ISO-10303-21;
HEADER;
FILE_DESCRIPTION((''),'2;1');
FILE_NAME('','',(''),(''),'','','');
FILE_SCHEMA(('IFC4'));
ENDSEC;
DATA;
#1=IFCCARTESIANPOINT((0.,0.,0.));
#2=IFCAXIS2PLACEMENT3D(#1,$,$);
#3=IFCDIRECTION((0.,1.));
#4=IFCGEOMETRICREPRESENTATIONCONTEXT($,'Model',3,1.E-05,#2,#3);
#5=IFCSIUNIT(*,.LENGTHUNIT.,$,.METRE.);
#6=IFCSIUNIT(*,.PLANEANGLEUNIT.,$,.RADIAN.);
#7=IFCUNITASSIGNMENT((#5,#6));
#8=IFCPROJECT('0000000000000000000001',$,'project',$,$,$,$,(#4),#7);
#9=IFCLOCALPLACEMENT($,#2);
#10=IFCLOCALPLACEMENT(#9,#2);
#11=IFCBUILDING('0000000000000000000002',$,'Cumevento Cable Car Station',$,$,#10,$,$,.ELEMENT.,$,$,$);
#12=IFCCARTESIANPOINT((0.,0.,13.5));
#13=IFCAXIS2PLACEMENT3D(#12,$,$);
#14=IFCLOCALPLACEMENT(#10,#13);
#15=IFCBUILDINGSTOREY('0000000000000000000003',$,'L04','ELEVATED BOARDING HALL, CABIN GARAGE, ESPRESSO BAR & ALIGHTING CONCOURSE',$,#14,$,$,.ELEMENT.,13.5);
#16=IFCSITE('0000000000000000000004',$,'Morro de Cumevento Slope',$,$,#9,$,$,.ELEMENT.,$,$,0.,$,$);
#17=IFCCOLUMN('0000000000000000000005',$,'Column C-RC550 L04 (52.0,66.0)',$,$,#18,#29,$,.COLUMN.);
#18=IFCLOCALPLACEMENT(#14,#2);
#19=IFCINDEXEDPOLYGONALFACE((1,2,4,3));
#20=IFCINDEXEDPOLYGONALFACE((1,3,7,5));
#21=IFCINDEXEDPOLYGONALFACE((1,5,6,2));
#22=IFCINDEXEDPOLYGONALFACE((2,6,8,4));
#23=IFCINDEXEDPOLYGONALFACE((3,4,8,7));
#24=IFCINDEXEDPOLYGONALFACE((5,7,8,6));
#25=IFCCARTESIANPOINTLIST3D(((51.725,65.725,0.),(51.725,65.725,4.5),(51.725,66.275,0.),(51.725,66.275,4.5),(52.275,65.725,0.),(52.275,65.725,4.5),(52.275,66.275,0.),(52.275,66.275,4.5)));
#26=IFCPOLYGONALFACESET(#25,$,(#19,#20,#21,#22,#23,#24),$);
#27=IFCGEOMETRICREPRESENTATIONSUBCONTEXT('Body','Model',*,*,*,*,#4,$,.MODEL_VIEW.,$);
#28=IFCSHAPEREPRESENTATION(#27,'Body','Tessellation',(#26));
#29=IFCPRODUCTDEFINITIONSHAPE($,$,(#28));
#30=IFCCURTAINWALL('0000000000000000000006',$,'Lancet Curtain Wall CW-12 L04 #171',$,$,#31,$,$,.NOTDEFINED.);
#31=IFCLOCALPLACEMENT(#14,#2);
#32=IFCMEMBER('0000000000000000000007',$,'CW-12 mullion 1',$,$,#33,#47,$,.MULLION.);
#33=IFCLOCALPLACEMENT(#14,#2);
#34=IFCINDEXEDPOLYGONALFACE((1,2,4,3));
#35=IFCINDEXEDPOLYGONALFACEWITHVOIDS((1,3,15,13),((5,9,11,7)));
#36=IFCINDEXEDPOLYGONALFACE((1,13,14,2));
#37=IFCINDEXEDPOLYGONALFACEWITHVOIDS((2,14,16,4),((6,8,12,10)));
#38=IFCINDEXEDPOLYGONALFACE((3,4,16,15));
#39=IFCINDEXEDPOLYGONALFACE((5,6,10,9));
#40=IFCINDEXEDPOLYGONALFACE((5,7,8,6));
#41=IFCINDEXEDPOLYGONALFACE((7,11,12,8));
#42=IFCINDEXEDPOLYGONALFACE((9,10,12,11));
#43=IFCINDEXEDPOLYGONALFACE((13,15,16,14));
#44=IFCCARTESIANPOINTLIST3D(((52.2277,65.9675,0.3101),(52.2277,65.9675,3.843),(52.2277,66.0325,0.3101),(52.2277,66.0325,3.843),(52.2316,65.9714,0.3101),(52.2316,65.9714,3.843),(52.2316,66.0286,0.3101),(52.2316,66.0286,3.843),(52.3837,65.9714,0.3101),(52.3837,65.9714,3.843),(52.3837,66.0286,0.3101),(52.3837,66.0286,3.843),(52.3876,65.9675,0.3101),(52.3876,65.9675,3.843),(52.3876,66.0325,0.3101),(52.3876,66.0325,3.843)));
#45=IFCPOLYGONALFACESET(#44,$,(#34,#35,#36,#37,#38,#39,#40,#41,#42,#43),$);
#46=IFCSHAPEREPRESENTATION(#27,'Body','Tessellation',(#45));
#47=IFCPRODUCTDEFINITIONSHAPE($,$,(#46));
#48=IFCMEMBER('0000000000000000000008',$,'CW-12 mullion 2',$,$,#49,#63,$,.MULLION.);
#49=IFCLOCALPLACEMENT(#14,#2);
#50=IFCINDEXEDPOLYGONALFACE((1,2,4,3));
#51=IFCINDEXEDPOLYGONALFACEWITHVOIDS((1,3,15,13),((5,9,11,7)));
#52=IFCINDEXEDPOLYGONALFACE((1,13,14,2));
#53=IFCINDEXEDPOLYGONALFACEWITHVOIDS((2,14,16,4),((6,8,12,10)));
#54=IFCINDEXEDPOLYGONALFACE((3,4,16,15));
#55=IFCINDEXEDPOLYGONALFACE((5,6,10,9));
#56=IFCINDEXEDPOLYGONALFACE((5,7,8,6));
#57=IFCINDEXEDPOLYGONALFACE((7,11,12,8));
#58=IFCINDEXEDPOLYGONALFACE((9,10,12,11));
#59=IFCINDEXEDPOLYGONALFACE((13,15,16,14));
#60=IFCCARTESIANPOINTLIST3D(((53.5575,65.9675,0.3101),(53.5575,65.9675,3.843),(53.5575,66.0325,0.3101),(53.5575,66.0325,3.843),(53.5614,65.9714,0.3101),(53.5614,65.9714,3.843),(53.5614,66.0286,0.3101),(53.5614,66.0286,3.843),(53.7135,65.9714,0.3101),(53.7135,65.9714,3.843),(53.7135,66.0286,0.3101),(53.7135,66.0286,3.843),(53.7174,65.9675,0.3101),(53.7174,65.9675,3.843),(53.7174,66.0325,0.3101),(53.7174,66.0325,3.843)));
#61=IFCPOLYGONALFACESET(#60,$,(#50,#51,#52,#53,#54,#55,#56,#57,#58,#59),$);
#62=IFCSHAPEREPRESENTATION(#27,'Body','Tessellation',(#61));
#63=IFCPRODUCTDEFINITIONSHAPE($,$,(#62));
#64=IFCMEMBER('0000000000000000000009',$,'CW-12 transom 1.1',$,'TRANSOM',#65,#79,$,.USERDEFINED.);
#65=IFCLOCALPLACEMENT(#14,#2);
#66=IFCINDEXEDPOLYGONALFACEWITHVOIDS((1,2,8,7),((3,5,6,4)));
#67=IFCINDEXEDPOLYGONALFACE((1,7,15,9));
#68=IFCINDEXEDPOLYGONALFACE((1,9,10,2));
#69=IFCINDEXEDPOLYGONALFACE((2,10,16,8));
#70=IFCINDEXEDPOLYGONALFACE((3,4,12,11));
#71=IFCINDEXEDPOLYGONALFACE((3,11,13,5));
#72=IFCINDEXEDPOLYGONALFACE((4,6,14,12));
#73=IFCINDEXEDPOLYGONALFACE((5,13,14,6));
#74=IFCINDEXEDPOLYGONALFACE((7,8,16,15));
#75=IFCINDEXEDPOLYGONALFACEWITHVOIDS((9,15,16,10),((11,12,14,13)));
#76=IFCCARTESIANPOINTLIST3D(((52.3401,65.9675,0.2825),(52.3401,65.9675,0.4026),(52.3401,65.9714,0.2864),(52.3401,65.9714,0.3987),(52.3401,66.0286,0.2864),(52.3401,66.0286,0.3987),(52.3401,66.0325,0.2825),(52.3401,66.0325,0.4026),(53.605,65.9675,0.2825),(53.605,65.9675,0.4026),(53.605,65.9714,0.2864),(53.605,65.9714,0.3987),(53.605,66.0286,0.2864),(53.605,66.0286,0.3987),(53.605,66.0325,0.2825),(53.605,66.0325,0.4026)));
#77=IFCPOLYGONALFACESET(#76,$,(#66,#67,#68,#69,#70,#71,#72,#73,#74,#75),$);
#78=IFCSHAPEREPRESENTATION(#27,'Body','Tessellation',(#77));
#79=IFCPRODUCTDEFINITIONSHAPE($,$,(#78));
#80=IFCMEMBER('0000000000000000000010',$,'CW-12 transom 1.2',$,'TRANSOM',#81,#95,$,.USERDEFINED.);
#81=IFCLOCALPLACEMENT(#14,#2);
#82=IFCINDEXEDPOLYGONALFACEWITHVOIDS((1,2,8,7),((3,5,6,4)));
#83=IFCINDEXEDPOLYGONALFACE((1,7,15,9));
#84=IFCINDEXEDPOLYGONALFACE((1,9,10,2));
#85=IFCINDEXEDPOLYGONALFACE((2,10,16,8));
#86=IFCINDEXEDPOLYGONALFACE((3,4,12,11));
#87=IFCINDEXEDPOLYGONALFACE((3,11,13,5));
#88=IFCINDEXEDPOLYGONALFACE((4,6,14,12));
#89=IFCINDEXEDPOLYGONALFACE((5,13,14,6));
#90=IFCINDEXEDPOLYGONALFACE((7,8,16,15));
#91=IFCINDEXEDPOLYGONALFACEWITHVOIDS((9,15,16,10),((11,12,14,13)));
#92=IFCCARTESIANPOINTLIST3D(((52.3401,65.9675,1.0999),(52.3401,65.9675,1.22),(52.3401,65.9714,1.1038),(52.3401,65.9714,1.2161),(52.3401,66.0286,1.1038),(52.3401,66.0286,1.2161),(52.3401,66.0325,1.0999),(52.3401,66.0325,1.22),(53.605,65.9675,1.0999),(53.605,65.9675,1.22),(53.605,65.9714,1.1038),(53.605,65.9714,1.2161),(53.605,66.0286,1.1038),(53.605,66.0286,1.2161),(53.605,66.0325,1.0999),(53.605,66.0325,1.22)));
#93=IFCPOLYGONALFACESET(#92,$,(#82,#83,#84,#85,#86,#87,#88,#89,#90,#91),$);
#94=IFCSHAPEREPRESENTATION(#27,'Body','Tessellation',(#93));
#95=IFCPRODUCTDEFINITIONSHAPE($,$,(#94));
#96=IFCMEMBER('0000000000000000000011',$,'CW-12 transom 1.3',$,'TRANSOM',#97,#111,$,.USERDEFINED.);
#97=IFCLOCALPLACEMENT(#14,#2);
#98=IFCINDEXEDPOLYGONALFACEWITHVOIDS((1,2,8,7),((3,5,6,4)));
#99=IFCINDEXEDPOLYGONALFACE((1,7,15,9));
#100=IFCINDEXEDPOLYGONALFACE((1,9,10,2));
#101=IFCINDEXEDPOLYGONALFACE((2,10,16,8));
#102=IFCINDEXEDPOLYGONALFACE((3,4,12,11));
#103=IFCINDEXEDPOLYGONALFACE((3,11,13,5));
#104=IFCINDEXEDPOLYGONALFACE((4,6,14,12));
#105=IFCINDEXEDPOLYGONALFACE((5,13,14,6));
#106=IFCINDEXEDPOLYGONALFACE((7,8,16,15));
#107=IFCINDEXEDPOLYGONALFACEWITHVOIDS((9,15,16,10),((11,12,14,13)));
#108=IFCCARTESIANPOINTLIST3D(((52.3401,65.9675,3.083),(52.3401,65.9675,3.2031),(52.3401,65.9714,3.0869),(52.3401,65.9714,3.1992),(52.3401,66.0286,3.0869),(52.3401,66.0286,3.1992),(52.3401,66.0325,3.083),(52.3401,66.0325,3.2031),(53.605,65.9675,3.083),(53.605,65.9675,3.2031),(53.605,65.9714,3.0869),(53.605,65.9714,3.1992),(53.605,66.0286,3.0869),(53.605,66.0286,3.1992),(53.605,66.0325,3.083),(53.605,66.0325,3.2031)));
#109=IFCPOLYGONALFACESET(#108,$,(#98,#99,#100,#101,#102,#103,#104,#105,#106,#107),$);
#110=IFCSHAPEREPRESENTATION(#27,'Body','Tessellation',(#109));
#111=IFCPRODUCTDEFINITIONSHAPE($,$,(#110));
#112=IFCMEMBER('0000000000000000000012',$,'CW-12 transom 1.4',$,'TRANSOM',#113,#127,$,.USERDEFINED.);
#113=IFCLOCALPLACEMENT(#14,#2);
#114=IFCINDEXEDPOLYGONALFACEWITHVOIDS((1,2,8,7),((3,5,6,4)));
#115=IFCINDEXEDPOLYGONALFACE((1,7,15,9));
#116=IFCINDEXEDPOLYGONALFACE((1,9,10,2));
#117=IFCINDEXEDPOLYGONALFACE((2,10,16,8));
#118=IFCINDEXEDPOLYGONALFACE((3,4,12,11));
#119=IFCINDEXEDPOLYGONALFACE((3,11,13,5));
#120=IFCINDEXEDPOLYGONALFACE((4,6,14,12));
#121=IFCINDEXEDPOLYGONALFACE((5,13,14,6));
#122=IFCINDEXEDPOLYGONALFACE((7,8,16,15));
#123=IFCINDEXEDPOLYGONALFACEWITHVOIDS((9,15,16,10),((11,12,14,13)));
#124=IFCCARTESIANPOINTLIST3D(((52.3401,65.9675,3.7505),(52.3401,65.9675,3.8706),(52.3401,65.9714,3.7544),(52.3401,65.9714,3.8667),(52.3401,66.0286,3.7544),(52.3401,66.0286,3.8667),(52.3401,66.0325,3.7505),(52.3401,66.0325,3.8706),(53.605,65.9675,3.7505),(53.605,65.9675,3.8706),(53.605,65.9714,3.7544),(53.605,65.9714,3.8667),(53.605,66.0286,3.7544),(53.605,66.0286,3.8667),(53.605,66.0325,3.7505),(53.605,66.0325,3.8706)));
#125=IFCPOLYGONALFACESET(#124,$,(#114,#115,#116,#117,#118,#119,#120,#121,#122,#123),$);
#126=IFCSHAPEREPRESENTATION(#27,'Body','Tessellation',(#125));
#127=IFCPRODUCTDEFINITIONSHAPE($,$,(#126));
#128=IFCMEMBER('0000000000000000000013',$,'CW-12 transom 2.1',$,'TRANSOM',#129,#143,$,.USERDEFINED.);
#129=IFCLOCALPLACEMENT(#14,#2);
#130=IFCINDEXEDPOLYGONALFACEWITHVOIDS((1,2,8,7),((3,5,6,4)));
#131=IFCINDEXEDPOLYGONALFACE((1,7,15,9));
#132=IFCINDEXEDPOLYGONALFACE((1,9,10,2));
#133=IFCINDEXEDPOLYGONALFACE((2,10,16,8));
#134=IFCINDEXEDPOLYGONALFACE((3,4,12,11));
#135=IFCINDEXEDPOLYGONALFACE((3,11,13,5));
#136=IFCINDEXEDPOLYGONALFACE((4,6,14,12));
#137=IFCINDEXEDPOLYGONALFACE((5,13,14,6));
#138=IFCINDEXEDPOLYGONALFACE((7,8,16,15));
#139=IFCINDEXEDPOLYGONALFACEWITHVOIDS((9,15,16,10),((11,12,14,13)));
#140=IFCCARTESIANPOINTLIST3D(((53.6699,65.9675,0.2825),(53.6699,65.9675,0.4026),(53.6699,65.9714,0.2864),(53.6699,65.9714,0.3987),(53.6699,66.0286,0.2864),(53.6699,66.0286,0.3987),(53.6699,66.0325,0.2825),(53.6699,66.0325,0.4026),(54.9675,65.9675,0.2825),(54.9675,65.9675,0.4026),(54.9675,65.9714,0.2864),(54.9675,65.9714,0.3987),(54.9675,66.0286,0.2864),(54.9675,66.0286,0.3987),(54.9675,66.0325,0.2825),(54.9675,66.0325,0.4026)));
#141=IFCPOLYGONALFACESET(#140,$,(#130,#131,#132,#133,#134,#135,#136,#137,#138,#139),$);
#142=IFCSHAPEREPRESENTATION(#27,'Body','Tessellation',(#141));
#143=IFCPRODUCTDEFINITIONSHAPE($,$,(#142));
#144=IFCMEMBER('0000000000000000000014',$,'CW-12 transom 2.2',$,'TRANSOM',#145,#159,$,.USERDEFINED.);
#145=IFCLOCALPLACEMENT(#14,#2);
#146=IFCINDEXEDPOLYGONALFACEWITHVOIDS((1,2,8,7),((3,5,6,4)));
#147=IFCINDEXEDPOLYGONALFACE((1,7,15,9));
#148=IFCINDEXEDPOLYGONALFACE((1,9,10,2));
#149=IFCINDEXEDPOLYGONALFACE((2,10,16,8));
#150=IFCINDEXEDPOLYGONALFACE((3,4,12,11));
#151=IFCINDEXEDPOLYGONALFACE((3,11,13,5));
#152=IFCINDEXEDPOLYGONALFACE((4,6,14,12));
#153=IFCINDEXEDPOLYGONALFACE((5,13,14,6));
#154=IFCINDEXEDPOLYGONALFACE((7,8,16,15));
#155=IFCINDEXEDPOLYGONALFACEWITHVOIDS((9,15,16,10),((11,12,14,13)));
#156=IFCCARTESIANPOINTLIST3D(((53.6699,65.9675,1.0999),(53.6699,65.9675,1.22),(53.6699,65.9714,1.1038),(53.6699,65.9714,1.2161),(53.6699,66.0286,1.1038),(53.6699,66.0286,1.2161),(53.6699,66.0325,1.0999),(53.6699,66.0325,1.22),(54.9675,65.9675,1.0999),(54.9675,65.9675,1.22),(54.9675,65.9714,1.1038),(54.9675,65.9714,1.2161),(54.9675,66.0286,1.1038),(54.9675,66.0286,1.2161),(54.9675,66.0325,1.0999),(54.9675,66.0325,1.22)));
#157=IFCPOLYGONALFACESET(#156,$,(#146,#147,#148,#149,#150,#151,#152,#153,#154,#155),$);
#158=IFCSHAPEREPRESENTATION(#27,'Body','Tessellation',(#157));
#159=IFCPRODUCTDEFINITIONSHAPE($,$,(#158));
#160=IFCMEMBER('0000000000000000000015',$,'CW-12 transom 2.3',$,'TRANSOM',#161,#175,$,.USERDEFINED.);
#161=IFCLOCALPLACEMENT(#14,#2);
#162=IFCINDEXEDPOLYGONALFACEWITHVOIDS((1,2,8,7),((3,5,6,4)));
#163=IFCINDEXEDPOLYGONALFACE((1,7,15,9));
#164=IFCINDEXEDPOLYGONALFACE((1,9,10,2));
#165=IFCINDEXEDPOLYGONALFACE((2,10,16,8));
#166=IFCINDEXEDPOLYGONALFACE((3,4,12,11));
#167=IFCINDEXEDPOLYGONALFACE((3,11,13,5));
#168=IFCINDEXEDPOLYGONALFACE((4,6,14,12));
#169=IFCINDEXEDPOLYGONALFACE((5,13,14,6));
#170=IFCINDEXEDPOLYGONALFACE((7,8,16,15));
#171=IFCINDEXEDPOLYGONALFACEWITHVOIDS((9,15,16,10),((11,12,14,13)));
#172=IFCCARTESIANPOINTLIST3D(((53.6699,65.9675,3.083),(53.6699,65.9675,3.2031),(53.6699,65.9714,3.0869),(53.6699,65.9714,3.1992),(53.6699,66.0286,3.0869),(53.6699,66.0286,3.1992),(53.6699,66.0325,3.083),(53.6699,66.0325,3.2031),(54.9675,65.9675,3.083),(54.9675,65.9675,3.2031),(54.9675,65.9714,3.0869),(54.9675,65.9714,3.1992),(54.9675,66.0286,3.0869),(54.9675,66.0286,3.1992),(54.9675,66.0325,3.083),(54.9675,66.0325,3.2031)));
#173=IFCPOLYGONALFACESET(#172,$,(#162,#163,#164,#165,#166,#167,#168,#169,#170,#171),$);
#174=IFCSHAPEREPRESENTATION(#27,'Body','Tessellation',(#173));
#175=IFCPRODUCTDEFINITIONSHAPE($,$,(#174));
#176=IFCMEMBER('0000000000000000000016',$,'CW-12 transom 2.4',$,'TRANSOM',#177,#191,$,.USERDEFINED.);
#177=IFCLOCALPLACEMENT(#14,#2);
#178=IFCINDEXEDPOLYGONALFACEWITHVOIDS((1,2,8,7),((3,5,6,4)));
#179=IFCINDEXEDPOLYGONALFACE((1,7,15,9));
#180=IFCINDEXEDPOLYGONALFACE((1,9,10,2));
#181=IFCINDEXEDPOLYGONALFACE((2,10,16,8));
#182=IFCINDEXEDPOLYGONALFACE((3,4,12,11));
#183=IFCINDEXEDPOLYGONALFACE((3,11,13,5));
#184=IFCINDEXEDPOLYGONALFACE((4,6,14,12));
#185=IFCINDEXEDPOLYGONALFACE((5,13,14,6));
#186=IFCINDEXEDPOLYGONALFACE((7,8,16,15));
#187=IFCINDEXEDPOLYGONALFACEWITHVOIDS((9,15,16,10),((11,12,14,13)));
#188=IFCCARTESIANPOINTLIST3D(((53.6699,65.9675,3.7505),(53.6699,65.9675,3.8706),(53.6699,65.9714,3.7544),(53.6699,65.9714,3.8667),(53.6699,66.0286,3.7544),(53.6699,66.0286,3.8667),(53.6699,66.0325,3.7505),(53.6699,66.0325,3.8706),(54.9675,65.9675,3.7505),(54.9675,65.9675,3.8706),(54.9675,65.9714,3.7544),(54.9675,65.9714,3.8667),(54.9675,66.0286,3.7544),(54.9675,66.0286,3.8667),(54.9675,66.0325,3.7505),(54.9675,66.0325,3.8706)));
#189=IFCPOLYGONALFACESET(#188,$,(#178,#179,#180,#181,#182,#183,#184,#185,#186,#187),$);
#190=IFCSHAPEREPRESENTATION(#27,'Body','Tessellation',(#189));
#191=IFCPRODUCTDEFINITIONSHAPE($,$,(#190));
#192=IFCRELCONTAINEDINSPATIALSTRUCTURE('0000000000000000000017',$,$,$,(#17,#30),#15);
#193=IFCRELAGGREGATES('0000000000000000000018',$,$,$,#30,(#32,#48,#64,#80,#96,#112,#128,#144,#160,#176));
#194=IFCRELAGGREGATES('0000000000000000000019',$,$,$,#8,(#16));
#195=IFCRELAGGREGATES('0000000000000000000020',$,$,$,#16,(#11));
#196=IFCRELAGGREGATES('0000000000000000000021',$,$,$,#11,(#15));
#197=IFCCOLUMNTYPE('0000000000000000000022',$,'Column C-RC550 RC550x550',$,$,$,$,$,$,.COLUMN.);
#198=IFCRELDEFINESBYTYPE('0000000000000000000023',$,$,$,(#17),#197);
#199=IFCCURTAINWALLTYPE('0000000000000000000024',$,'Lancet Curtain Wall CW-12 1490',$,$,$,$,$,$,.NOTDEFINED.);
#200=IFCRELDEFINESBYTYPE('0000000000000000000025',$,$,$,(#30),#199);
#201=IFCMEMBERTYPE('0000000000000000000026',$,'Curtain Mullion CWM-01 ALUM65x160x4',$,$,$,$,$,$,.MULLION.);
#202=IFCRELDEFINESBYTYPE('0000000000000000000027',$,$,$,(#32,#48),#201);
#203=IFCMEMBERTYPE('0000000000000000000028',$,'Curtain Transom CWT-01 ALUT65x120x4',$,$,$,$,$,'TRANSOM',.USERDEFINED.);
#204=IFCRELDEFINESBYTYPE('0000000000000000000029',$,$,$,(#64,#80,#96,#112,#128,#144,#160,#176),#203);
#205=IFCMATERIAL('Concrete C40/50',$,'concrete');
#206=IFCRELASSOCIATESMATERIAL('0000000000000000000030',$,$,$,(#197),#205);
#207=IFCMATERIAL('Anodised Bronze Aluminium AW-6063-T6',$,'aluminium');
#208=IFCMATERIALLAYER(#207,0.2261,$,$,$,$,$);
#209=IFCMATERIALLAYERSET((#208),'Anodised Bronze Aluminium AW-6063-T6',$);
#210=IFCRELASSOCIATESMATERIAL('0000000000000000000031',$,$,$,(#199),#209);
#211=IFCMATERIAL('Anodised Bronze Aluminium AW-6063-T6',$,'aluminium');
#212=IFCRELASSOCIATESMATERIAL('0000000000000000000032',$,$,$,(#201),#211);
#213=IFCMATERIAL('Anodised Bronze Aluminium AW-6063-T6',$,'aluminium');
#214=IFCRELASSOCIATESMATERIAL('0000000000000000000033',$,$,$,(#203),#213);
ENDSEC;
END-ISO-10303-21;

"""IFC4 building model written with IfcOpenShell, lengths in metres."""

from ifc_helpers import new_model, si_unit, direction, frame, origin, origin_2d, place, context, subcontext, project, spatial, rectangle, hollow_rectangle, extrude, material, layer, layer_set, material_profile, profile_set, type_object, element, aggregate, save


model = new_model("IFC4")

# Units and contexts
model_context = context("Model", 3, precision=1e-05, world=origin(), true_north=direction((0.0, 1.0)))
body_context = subcontext(model_context, "Body", "Model", "MODEL_VIEW")
ifc_project = project(units=[si_unit("LENGTHUNIT", "METRE"), si_unit("PLANEANGLEUNIT", "RADIAN")], contexts=[model_context])

# Site, building, storey
site_placement = place(None, origin())
site = spatial("IfcSite", under=ifc_project, at=site_placement, Name="Morro de Cumevento Slope", CompositionType="ELEMENT", RefElevation=0.0)
building_placement = place(site_placement, origin())
building = spatial("IfcBuilding", under=site, at=building_placement, Name="Cumevento Cable Car Station", CompositionType="ELEMENT")
storey_placement = place(building_placement, frame((0.0, 0.0, 13.5)))
storey = spatial("IfcBuildingStorey", under=building, at=storey_placement, Name="L04", Description="ELEVATED BOARDING HALL, CABIN GARAGE, ESPRESSO BAR & ALIGHTING CONCOURSE", CompositionType="ELEMENT", Elevation=13.5)

# Column
ifc_material_1 = material(Name="Concrete C40/50", Category="concrete")
ifc_material_profile_1 = material_profile(ifc_material_1, rectangle(XDim=0.55, YDim=0.55, at=origin_2d()), Name="RC550x550")
ifc_profile_set_1 = profile_set([ifc_material_profile_1], Name="Concrete C40/50")
column_type = type_object("IfcColumnType", Name="Column C-RC550 RC550x550", PredefinedType="COLUMN", material=ifc_profile_set_1)
column_placement = place(storey_placement, frame((52.0, 66.0, 0.0), z_axis=(0.0, 0.0, 1.0), x_axis=(1.0, 0.0, 0.0)))
element("IfcColumn", 1, at=column_placement, inside=storey, type_object=column_type, Name="Column C-RC550 L04 (52.0,66.0)", PredefinedType="COLUMN", context=body_context, shape_type="SweptSolid", body=[
    extrude(rectangle(XDim=0.55, YDim=0.55, at=origin_2d()), origin(), (0.0, 0.0, 1.0), 4.5),
])

# Curtain wall, members
ifc_material_2 = material(Name="Anodised Bronze Aluminium AW-6063-T6", Category="aluminium")
ifc_layer_1 = layer(ifc_material_2, 0.2261)
ifc_layer_set_1 = layer_set([ifc_layer_1], Name="Anodised Bronze Aluminium AW-6063-T6")
curtain_wall_type = type_object("IfcCurtainWallType", Name="Lancet Curtain Wall CW-12 1490", PredefinedType="NOTDEFINED", material=ifc_layer_set_1)
curtain_wall_placement = place(storey_placement, origin())
curtain_wall = element("IfcCurtainWall", 2, at=curtain_wall_placement, inside=storey, type_object=curtain_wall_type, Name="Lancet Curtain Wall CW-12 L04 #171", PredefinedType="NOTDEFINED")
ifc_material_3 = material(Name="Anodised Bronze Aluminium AW-6063-T6", Category="aluminium")
ifc_material_profile_2 = material_profile(ifc_material_3, hollow_rectangle(XDim=0.0649, YDim=0.1599, WallThickness=0.0039, at=origin_2d()), Name="ALUM65x160x4")
ifc_profile_set_2 = profile_set([ifc_material_profile_2], Name="Anodised Bronze Aluminium AW-6063-T6")
member_type_1 = type_object("IfcMemberType", Name="Curtain Mullion CWM-01 ALUM65x160x4", PredefinedType="MULLION", material=ifc_profile_set_2)
member_1_placement = place(storey_placement, frame((52.3076, 66.0, 0.3101), z_axis=(0.0, 0.0, 1.0), x_axis=(0.0, 1.0, 0.0)))
member_1 = element("IfcMember", 3, at=member_1_placement, type_object=member_type_1, Name="CW-12 mullion 1", PredefinedType="MULLION", context=body_context, shape_type="SweptSolid", body=[
    extrude(hollow_rectangle(XDim=0.0649, YDim=0.1599, WallThickness=0.0039, at=origin_2d()), origin(), (0.0, 0.0, 1.0), 3.533),
])
member_2_placement = place(storey_placement, frame((53.6375, 66.0, 0.3101), z_axis=(0.0, 0.0, 1.0), x_axis=(0.0, 1.0, 0.0)))
member_2 = element("IfcMember", 4, at=member_2_placement, type_object=member_type_1, Name="CW-12 mullion 2", PredefinedType="MULLION", context=body_context, shape_type="SweptSolid", body=[
    extrude(hollow_rectangle(XDim=0.0649, YDim=0.1599, WallThickness=0.0039, at=origin_2d()), origin(), (0.0, 0.0, 1.0), 3.533),
])
ifc_material_4 = material(Name="Anodised Bronze Aluminium AW-6063-T6", Category="aluminium")
ifc_material_profile_3 = material_profile(ifc_material_4, hollow_rectangle(XDim=0.0649, YDim=0.1201, WallThickness=0.0039, at=origin_2d()), Name="ALUT65x120x4")
ifc_profile_set_3 = profile_set([ifc_material_profile_3], Name="Anodised Bronze Aluminium AW-6063-T6")
member_type_2 = type_object("IfcMemberType", Name="Curtain Transom CWT-01 ALUT65x120x4", ElementType="TRANSOM", PredefinedType="USERDEFINED", material=ifc_profile_set_3)
member_3_placement = place(storey_placement, frame((52.3401, 66.0, 0.3425), z_axis=(1.0, 0.0, 0.0), x_axis=(0.0, 1.0, 0.0)))
member_3 = element("IfcMember", 5, at=member_3_placement, type_object=member_type_2, Name="CW-12 transom 1.1", ObjectType="TRANSOM", PredefinedType="USERDEFINED", context=body_context, shape_type="SweptSolid", body=[
    extrude(hollow_rectangle(XDim=0.0649, YDim=0.1201, WallThickness=0.0039, at=origin_2d()), origin(), (0.0, 0.0, 1.0), 1.2649),
])
member_4_placement = place(storey_placement, frame((52.3401, 66.0, 1.1599), z_axis=(1.0, 0.0, 0.0), x_axis=(0.0, 1.0, 0.0)))
member_4 = element("IfcMember", 6, at=member_4_placement, type_object=member_type_2, Name="CW-12 transom 1.2", ObjectType="TRANSOM", PredefinedType="USERDEFINED", context=body_context, shape_type="SweptSolid", body=[
    extrude(hollow_rectangle(XDim=0.0649, YDim=0.1201, WallThickness=0.0039, at=origin_2d()), origin(), (0.0, 0.0, 1.0), 1.2649),
])
member_5_placement = place(storey_placement, frame((52.3401, 66.0, 3.1431), z_axis=(1.0, 0.0, 0.0), x_axis=(0.0, 1.0, 0.0)))
member_5 = element("IfcMember", 7, at=member_5_placement, type_object=member_type_2, Name="CW-12 transom 1.3", ObjectType="TRANSOM", PredefinedType="USERDEFINED", context=body_context, shape_type="SweptSolid", body=[
    extrude(hollow_rectangle(XDim=0.0649, YDim=0.1201, WallThickness=0.0039, at=origin_2d()), origin(), (0.0, 0.0, 1.0), 1.2649),
])
member_6_placement = place(storey_placement, frame((52.3401, 66.0, 3.8105), z_axis=(1.0, 0.0, 0.0), x_axis=(0.0, 1.0, 0.0)))
member_6 = element("IfcMember", 8, at=member_6_placement, type_object=member_type_2, Name="CW-12 transom 1.4", ObjectType="TRANSOM", PredefinedType="USERDEFINED", context=body_context, shape_type="SweptSolid", body=[
    extrude(hollow_rectangle(XDim=0.0649, YDim=0.1201, WallThickness=0.0039, at=origin_2d()), origin(), (0.0, 0.0, 1.0), 1.2649),
])
member_7_placement = place(storey_placement, frame((53.6699, 66.0, 0.3425), z_axis=(1.0, 0.0, 0.0), x_axis=(0.0, 1.0, 0.0)))
member_7 = element("IfcMember", 9, at=member_7_placement, type_object=member_type_2, Name="CW-12 transom 2.1", ObjectType="TRANSOM", PredefinedType="USERDEFINED", context=body_context, shape_type="SweptSolid", body=[
    extrude(hollow_rectangle(XDim=0.0649, YDim=0.1201, WallThickness=0.0039, at=origin_2d()), origin(), (0.0, 0.0, 1.0), 1.2976),
])
member_8_placement = place(storey_placement, frame((53.6699, 66.0, 1.1599), z_axis=(1.0, 0.0, 0.0), x_axis=(0.0, 1.0, 0.0)))
member_8 = element("IfcMember", 10, at=member_8_placement, type_object=member_type_2, Name="CW-12 transom 2.2", ObjectType="TRANSOM", PredefinedType="USERDEFINED", context=body_context, shape_type="SweptSolid", body=[
    extrude(hollow_rectangle(XDim=0.0649, YDim=0.1201, WallThickness=0.0039, at=origin_2d()), origin(), (0.0, 0.0, 1.0), 1.2976),
])
member_9_placement = place(storey_placement, frame((53.6699, 66.0, 3.1431), z_axis=(1.0, 0.0, 0.0), x_axis=(0.0, 1.0, 0.0)))
member_9 = element("IfcMember", 11, at=member_9_placement, type_object=member_type_2, Name="CW-12 transom 2.3", ObjectType="TRANSOM", PredefinedType="USERDEFINED", context=body_context, shape_type="SweptSolid", body=[
    extrude(hollow_rectangle(XDim=0.0649, YDim=0.1201, WallThickness=0.0039, at=origin_2d()), origin(), (0.0, 0.0, 1.0), 1.2976),
])
member_10_placement = place(storey_placement, frame((53.6699, 66.0, 3.8105), z_axis=(1.0, 0.0, 0.0), x_axis=(0.0, 1.0, 0.0)))
member_10 = element("IfcMember", 12, at=member_10_placement, type_object=member_type_2, Name="CW-12 transom 2.4", ObjectType="TRANSOM", PredefinedType="USERDEFINED", context=body_context, shape_type="SweptSolid", body=[
    extrude(hollow_rectangle(XDim=0.0649, YDim=0.1201, WallThickness=0.0039, at=origin_2d()), origin(), (0.0, 0.0, 1.0), 1.2976),
])

aggregate(curtain_wall, [member_1, member_2, member_3, member_4, member_5, member_6, member_7, member_8, member_9, member_10])

save(model, "model.ifc")
